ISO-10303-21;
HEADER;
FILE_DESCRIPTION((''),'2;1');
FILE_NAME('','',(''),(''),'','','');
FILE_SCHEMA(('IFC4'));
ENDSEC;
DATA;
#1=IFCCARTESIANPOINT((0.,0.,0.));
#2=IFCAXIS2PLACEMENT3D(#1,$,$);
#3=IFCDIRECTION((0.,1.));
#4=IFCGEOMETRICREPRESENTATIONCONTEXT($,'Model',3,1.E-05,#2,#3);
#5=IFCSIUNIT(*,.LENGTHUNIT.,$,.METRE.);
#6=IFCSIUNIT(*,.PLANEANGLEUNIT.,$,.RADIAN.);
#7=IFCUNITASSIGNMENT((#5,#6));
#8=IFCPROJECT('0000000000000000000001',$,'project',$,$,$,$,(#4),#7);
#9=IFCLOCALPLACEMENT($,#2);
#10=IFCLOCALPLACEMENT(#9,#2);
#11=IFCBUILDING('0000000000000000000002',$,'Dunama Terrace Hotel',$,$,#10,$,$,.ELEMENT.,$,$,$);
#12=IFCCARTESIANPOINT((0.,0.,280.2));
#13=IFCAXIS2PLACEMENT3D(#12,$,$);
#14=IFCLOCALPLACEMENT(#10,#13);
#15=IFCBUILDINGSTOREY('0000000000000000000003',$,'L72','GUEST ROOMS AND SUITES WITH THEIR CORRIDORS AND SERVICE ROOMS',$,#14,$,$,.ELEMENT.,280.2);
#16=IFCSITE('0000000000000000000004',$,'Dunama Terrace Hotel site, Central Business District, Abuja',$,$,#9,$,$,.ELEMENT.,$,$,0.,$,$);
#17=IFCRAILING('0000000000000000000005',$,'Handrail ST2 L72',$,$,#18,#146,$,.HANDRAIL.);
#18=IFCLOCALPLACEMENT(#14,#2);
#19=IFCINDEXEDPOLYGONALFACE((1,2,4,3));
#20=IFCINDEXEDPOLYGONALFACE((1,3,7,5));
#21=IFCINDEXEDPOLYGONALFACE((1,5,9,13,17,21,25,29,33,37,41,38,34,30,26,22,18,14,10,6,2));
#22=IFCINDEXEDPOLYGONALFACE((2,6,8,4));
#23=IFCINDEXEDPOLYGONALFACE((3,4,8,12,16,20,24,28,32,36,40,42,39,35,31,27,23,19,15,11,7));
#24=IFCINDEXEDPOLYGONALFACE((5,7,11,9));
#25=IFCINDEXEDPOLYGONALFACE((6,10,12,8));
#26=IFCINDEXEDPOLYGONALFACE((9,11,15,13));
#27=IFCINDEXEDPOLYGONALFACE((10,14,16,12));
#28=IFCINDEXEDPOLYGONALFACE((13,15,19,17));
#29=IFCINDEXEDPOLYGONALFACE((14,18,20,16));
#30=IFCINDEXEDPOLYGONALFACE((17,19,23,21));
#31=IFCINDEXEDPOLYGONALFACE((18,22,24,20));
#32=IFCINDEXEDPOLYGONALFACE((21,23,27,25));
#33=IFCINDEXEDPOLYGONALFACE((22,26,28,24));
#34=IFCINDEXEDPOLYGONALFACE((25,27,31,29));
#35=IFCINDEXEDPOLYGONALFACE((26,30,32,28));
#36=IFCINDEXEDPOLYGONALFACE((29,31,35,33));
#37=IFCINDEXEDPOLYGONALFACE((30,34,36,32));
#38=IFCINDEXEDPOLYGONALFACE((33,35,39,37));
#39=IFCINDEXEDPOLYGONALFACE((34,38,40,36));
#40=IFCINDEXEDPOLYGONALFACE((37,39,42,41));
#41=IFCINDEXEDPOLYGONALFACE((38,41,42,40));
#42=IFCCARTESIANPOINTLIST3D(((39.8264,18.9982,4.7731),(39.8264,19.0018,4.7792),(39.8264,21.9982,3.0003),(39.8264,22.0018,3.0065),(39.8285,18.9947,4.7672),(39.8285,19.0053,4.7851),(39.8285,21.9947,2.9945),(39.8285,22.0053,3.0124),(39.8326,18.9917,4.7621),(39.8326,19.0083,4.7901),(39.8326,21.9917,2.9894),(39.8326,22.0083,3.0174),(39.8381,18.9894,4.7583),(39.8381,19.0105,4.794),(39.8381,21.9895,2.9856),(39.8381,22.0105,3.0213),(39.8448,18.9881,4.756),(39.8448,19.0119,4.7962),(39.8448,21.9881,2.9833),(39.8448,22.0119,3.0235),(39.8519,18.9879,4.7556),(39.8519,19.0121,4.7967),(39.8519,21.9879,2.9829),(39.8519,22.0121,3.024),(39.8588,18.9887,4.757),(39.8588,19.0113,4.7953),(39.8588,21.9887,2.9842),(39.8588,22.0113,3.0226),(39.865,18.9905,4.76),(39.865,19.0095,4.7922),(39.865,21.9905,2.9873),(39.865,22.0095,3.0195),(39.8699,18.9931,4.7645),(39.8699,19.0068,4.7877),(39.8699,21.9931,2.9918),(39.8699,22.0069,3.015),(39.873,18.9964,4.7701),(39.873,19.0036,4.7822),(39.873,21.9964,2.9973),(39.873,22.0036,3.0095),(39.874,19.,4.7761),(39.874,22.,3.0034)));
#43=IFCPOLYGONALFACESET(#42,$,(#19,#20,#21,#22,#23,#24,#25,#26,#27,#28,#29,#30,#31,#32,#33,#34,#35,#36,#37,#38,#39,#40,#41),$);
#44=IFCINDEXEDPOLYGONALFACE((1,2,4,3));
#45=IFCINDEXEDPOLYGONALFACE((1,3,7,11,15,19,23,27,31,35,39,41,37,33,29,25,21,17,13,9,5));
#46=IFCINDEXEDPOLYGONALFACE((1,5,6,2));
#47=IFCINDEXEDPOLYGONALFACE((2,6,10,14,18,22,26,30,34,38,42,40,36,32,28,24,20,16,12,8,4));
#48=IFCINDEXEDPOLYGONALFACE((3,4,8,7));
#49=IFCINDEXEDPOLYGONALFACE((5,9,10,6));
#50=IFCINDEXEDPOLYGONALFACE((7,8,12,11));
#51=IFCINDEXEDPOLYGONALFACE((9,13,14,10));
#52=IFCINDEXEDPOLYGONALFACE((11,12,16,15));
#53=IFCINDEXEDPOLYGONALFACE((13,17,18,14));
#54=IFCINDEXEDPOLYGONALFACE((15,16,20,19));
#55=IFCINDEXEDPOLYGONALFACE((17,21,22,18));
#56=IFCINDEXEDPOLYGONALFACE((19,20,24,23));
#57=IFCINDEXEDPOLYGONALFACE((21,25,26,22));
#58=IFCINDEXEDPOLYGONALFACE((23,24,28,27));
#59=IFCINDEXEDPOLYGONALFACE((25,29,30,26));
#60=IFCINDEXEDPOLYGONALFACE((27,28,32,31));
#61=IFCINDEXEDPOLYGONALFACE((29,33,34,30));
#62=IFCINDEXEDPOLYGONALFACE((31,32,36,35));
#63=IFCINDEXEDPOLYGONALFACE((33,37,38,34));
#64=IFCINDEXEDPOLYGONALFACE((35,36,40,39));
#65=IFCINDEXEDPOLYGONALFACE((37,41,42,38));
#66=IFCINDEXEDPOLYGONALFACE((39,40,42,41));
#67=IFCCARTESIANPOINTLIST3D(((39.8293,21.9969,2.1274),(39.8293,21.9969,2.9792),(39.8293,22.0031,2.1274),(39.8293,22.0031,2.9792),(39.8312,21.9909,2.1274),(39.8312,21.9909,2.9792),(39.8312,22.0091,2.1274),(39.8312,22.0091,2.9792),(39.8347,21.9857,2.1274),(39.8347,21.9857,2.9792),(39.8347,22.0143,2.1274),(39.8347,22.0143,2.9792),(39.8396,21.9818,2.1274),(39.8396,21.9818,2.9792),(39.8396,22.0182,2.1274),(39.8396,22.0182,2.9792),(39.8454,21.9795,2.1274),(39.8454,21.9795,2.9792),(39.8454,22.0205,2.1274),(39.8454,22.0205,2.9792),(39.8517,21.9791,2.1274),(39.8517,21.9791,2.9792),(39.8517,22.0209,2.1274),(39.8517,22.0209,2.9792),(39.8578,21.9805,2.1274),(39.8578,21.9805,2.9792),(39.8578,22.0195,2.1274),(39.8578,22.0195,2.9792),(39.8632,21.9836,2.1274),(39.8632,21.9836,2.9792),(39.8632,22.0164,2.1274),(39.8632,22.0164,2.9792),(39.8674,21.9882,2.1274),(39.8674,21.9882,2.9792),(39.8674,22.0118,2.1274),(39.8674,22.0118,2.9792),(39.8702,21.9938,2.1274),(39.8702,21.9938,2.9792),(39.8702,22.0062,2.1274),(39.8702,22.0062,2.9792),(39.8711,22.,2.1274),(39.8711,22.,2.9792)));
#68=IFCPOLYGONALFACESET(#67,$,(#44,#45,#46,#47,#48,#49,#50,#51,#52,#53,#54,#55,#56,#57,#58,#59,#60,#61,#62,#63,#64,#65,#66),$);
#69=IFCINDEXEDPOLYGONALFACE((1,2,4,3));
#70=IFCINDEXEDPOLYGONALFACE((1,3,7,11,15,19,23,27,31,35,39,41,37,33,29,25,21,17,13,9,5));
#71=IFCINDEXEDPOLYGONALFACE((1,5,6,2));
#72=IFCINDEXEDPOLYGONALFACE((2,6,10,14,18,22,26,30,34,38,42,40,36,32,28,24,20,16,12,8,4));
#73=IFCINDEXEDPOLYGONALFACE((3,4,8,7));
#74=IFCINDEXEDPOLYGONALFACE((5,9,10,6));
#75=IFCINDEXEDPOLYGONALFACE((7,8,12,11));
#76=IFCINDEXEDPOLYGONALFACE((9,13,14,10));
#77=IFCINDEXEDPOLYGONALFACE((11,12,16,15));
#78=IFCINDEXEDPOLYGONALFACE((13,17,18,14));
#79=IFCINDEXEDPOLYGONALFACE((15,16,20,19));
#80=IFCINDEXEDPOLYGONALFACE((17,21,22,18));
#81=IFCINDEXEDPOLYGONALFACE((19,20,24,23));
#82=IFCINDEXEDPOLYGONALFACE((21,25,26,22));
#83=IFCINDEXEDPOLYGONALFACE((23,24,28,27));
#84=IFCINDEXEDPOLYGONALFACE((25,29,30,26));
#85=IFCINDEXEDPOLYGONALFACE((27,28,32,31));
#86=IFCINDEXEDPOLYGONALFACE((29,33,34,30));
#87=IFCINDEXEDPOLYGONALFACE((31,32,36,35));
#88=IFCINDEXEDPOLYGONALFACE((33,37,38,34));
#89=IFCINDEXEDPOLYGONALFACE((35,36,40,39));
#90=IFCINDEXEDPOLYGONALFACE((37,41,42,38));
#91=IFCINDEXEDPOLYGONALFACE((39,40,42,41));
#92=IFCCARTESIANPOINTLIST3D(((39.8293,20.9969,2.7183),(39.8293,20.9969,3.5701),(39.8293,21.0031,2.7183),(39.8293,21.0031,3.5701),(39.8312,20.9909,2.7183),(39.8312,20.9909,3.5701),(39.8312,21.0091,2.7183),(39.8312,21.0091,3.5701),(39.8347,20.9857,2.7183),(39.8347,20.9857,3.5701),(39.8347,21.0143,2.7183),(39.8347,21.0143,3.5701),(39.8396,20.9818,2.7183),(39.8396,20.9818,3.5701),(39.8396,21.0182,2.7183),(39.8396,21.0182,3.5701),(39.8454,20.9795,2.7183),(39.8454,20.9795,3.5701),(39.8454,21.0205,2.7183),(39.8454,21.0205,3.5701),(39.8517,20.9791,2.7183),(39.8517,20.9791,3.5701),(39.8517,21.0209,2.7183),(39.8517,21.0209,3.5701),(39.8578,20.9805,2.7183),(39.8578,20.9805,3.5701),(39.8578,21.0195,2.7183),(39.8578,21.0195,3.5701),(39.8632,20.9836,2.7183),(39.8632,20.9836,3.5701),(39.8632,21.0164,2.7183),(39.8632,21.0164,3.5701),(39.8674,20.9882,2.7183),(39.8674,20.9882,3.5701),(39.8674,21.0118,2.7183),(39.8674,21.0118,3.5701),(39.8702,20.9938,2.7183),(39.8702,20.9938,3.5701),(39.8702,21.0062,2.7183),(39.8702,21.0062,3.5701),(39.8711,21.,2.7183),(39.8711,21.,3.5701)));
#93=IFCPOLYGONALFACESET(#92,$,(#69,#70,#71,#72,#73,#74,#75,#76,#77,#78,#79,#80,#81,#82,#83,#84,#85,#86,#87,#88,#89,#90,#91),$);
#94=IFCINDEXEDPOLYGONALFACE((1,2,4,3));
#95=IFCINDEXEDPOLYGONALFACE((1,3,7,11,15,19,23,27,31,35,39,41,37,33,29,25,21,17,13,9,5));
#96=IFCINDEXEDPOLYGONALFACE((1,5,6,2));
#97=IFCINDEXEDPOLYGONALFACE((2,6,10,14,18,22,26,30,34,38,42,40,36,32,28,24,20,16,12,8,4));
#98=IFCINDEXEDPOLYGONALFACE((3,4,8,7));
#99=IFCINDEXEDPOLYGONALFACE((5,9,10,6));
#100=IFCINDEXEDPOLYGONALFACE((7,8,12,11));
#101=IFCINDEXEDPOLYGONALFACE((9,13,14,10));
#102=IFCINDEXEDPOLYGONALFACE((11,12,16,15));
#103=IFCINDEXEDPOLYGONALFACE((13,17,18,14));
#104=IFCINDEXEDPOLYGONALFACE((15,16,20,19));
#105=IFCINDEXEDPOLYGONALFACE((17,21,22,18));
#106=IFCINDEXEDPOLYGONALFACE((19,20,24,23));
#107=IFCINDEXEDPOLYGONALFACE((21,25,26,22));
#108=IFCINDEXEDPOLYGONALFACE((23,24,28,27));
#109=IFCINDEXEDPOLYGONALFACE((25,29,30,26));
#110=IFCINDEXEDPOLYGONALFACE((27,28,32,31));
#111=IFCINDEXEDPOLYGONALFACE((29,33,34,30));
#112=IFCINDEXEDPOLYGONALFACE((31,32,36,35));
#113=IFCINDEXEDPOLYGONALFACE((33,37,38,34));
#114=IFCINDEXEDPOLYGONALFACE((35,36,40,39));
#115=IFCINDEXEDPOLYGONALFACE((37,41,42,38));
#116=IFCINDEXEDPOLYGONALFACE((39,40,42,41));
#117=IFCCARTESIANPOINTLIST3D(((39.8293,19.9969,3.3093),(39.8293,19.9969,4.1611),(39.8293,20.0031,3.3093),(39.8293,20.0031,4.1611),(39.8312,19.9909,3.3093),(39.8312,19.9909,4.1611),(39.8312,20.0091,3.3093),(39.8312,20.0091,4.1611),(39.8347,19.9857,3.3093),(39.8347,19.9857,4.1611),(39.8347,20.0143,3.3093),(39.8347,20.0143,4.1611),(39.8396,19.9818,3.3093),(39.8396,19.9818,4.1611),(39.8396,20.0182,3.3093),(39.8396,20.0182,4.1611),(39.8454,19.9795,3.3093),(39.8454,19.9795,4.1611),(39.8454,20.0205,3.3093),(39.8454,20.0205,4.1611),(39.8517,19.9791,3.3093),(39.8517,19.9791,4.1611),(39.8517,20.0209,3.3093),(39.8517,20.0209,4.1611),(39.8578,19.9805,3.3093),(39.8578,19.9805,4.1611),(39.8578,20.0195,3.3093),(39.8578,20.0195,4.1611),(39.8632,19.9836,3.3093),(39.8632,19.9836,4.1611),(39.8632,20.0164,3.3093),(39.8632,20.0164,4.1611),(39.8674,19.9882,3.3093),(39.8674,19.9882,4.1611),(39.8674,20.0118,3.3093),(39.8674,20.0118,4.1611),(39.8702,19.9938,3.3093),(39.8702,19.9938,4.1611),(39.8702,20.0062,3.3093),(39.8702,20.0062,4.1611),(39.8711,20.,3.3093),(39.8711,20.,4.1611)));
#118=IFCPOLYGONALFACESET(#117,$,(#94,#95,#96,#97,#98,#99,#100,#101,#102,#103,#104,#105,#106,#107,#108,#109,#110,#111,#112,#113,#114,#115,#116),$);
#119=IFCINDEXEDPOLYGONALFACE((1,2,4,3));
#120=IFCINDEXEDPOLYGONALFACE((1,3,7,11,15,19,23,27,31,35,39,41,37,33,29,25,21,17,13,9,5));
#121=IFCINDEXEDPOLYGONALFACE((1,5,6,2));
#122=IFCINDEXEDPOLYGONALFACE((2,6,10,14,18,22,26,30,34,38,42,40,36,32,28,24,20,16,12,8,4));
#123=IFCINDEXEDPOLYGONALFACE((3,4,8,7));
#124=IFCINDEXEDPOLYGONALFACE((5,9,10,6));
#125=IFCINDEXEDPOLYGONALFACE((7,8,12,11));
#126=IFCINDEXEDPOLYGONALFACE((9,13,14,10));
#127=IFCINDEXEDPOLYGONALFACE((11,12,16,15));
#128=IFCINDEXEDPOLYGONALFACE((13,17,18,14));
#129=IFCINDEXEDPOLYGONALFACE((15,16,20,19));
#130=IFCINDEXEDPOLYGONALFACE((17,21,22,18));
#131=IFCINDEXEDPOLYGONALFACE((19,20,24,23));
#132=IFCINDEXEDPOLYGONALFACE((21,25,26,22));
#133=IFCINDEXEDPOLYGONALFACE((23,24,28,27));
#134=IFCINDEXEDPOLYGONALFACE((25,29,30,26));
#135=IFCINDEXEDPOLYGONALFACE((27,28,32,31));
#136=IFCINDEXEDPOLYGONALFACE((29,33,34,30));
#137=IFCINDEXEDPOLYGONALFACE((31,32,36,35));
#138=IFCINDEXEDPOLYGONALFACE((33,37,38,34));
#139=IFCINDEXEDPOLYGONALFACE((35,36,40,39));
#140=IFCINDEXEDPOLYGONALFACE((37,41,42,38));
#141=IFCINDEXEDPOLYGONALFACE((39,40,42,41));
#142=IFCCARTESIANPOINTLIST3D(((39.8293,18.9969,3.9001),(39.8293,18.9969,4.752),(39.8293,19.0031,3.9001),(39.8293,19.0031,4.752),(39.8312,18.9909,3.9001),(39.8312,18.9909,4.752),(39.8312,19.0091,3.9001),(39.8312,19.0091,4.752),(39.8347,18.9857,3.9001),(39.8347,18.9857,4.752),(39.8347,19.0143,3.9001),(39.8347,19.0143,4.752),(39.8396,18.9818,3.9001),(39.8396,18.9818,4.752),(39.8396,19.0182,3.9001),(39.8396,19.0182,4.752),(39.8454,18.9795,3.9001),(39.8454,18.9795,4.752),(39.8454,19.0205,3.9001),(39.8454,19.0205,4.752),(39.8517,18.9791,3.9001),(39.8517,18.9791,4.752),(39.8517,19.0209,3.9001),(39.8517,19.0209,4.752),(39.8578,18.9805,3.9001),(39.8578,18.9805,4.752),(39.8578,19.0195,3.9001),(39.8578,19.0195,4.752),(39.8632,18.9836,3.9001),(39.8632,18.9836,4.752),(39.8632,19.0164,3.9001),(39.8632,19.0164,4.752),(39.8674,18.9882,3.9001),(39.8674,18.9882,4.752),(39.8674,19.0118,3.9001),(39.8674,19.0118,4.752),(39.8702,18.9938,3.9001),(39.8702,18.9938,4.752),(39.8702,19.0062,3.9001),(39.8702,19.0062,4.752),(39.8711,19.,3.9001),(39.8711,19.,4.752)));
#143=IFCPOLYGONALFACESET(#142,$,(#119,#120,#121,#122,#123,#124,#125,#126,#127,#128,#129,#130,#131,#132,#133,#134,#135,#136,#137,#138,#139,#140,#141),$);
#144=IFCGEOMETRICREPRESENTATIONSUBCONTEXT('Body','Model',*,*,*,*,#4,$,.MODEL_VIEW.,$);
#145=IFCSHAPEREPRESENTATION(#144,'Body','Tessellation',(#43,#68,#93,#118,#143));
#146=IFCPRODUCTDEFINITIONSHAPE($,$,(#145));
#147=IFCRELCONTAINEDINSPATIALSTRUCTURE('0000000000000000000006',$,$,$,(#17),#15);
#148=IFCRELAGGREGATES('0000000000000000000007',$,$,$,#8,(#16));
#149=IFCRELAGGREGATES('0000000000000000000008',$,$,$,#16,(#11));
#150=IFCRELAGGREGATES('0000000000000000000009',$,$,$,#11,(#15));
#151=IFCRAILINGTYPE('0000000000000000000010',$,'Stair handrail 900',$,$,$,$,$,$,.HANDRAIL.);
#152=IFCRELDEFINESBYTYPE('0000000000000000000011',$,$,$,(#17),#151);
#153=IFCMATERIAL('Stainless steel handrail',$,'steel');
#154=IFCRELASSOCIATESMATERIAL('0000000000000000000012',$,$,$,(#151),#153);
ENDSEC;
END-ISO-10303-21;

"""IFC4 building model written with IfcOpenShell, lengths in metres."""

from ifc_helpers import new_model, si_unit, direction, frame, origin, origin_2d, place, context, subcontext, project, spatial, circle, extrude, material, type_object, element, save


model = new_model("IFC4")

# Units and contexts
model_context = context("Model", 3, precision=1e-05, world=origin(), true_north=direction((0.0, 1.0)))
body_context = subcontext(model_context, "Body", "Model", "MODEL_VIEW")
ifc_project = project(units=[si_unit("LENGTHUNIT", "METRE"), si_unit("PLANEANGLEUNIT", "RADIAN")], contexts=[model_context])

# Site, building, storey
site_placement = place(None, origin())
site = spatial("IfcSite", under=ifc_project, at=site_placement, Name="Dunama Terrace Hotel site, Central Business District, Abuja", CompositionType="ELEMENT", RefElevation=0.0)
building_placement = place(site_placement, origin())
building = spatial("IfcBuilding", under=site, at=building_placement, Name="Dunama Terrace Hotel", CompositionType="ELEMENT")
storey_placement = place(building_placement, frame((0.0, 0.0, 280.2)))
storey = spatial("IfcBuildingStorey", under=building, at=storey_placement, Name="L72", Description="GUEST ROOMS AND SUITES WITH THEIR CORRIDORS AND SERVICE ROOMS", CompositionType="ELEMENT", Elevation=280.2)

# Railing
ifc_material_1 = material(Name="Stainless steel handrail", Category="steel")
railing_type_1 = type_object("IfcRailingType", Name="Stair handrail 900", PredefinedType="HANDRAIL", material=ifc_material_1)
railing_1_placement = place(storey_placement, frame((39.8501, 22.0, 2.1274)))
element("IfcRailing", 1, at=railing_1_placement, inside=storey, type_object=railing_type_1, Name="Handrail ST2 L72", PredefinedType="HANDRAIL", context=body_context, shape_type="SweptSolid", body=[
    extrude(circle(Radius=0.0239, at=origin_2d()), frame((0.0, 0.0, 0.876), z_axis=(0.0, -0.860929, 0.508725), x_axis=(1.0, 0.0, 0.0)), (0.0, 0.0, 1.0), 3.4846),
    extrude(circle(Radius=0.021, at=origin_2d()), origin(), (0.0, 0.0, 1.0), 0.8518),
    extrude(circle(Radius=0.021, at=origin_2d()), frame((0.0, -1.0, 0.5908)), (0.0, 0.0, 1.0), 0.8518),
    extrude(circle(Radius=0.021, at=origin_2d()), frame((0.0, -2.0, 1.1819)), (0.0, 0.0, 1.0), 0.8518),
    extrude(circle(Radius=0.021, at=origin_2d()), frame((0.0, -3.0, 1.7727)), (0.0, 0.0, 1.0), 0.8518),
])

save(model, "model.ifc")
